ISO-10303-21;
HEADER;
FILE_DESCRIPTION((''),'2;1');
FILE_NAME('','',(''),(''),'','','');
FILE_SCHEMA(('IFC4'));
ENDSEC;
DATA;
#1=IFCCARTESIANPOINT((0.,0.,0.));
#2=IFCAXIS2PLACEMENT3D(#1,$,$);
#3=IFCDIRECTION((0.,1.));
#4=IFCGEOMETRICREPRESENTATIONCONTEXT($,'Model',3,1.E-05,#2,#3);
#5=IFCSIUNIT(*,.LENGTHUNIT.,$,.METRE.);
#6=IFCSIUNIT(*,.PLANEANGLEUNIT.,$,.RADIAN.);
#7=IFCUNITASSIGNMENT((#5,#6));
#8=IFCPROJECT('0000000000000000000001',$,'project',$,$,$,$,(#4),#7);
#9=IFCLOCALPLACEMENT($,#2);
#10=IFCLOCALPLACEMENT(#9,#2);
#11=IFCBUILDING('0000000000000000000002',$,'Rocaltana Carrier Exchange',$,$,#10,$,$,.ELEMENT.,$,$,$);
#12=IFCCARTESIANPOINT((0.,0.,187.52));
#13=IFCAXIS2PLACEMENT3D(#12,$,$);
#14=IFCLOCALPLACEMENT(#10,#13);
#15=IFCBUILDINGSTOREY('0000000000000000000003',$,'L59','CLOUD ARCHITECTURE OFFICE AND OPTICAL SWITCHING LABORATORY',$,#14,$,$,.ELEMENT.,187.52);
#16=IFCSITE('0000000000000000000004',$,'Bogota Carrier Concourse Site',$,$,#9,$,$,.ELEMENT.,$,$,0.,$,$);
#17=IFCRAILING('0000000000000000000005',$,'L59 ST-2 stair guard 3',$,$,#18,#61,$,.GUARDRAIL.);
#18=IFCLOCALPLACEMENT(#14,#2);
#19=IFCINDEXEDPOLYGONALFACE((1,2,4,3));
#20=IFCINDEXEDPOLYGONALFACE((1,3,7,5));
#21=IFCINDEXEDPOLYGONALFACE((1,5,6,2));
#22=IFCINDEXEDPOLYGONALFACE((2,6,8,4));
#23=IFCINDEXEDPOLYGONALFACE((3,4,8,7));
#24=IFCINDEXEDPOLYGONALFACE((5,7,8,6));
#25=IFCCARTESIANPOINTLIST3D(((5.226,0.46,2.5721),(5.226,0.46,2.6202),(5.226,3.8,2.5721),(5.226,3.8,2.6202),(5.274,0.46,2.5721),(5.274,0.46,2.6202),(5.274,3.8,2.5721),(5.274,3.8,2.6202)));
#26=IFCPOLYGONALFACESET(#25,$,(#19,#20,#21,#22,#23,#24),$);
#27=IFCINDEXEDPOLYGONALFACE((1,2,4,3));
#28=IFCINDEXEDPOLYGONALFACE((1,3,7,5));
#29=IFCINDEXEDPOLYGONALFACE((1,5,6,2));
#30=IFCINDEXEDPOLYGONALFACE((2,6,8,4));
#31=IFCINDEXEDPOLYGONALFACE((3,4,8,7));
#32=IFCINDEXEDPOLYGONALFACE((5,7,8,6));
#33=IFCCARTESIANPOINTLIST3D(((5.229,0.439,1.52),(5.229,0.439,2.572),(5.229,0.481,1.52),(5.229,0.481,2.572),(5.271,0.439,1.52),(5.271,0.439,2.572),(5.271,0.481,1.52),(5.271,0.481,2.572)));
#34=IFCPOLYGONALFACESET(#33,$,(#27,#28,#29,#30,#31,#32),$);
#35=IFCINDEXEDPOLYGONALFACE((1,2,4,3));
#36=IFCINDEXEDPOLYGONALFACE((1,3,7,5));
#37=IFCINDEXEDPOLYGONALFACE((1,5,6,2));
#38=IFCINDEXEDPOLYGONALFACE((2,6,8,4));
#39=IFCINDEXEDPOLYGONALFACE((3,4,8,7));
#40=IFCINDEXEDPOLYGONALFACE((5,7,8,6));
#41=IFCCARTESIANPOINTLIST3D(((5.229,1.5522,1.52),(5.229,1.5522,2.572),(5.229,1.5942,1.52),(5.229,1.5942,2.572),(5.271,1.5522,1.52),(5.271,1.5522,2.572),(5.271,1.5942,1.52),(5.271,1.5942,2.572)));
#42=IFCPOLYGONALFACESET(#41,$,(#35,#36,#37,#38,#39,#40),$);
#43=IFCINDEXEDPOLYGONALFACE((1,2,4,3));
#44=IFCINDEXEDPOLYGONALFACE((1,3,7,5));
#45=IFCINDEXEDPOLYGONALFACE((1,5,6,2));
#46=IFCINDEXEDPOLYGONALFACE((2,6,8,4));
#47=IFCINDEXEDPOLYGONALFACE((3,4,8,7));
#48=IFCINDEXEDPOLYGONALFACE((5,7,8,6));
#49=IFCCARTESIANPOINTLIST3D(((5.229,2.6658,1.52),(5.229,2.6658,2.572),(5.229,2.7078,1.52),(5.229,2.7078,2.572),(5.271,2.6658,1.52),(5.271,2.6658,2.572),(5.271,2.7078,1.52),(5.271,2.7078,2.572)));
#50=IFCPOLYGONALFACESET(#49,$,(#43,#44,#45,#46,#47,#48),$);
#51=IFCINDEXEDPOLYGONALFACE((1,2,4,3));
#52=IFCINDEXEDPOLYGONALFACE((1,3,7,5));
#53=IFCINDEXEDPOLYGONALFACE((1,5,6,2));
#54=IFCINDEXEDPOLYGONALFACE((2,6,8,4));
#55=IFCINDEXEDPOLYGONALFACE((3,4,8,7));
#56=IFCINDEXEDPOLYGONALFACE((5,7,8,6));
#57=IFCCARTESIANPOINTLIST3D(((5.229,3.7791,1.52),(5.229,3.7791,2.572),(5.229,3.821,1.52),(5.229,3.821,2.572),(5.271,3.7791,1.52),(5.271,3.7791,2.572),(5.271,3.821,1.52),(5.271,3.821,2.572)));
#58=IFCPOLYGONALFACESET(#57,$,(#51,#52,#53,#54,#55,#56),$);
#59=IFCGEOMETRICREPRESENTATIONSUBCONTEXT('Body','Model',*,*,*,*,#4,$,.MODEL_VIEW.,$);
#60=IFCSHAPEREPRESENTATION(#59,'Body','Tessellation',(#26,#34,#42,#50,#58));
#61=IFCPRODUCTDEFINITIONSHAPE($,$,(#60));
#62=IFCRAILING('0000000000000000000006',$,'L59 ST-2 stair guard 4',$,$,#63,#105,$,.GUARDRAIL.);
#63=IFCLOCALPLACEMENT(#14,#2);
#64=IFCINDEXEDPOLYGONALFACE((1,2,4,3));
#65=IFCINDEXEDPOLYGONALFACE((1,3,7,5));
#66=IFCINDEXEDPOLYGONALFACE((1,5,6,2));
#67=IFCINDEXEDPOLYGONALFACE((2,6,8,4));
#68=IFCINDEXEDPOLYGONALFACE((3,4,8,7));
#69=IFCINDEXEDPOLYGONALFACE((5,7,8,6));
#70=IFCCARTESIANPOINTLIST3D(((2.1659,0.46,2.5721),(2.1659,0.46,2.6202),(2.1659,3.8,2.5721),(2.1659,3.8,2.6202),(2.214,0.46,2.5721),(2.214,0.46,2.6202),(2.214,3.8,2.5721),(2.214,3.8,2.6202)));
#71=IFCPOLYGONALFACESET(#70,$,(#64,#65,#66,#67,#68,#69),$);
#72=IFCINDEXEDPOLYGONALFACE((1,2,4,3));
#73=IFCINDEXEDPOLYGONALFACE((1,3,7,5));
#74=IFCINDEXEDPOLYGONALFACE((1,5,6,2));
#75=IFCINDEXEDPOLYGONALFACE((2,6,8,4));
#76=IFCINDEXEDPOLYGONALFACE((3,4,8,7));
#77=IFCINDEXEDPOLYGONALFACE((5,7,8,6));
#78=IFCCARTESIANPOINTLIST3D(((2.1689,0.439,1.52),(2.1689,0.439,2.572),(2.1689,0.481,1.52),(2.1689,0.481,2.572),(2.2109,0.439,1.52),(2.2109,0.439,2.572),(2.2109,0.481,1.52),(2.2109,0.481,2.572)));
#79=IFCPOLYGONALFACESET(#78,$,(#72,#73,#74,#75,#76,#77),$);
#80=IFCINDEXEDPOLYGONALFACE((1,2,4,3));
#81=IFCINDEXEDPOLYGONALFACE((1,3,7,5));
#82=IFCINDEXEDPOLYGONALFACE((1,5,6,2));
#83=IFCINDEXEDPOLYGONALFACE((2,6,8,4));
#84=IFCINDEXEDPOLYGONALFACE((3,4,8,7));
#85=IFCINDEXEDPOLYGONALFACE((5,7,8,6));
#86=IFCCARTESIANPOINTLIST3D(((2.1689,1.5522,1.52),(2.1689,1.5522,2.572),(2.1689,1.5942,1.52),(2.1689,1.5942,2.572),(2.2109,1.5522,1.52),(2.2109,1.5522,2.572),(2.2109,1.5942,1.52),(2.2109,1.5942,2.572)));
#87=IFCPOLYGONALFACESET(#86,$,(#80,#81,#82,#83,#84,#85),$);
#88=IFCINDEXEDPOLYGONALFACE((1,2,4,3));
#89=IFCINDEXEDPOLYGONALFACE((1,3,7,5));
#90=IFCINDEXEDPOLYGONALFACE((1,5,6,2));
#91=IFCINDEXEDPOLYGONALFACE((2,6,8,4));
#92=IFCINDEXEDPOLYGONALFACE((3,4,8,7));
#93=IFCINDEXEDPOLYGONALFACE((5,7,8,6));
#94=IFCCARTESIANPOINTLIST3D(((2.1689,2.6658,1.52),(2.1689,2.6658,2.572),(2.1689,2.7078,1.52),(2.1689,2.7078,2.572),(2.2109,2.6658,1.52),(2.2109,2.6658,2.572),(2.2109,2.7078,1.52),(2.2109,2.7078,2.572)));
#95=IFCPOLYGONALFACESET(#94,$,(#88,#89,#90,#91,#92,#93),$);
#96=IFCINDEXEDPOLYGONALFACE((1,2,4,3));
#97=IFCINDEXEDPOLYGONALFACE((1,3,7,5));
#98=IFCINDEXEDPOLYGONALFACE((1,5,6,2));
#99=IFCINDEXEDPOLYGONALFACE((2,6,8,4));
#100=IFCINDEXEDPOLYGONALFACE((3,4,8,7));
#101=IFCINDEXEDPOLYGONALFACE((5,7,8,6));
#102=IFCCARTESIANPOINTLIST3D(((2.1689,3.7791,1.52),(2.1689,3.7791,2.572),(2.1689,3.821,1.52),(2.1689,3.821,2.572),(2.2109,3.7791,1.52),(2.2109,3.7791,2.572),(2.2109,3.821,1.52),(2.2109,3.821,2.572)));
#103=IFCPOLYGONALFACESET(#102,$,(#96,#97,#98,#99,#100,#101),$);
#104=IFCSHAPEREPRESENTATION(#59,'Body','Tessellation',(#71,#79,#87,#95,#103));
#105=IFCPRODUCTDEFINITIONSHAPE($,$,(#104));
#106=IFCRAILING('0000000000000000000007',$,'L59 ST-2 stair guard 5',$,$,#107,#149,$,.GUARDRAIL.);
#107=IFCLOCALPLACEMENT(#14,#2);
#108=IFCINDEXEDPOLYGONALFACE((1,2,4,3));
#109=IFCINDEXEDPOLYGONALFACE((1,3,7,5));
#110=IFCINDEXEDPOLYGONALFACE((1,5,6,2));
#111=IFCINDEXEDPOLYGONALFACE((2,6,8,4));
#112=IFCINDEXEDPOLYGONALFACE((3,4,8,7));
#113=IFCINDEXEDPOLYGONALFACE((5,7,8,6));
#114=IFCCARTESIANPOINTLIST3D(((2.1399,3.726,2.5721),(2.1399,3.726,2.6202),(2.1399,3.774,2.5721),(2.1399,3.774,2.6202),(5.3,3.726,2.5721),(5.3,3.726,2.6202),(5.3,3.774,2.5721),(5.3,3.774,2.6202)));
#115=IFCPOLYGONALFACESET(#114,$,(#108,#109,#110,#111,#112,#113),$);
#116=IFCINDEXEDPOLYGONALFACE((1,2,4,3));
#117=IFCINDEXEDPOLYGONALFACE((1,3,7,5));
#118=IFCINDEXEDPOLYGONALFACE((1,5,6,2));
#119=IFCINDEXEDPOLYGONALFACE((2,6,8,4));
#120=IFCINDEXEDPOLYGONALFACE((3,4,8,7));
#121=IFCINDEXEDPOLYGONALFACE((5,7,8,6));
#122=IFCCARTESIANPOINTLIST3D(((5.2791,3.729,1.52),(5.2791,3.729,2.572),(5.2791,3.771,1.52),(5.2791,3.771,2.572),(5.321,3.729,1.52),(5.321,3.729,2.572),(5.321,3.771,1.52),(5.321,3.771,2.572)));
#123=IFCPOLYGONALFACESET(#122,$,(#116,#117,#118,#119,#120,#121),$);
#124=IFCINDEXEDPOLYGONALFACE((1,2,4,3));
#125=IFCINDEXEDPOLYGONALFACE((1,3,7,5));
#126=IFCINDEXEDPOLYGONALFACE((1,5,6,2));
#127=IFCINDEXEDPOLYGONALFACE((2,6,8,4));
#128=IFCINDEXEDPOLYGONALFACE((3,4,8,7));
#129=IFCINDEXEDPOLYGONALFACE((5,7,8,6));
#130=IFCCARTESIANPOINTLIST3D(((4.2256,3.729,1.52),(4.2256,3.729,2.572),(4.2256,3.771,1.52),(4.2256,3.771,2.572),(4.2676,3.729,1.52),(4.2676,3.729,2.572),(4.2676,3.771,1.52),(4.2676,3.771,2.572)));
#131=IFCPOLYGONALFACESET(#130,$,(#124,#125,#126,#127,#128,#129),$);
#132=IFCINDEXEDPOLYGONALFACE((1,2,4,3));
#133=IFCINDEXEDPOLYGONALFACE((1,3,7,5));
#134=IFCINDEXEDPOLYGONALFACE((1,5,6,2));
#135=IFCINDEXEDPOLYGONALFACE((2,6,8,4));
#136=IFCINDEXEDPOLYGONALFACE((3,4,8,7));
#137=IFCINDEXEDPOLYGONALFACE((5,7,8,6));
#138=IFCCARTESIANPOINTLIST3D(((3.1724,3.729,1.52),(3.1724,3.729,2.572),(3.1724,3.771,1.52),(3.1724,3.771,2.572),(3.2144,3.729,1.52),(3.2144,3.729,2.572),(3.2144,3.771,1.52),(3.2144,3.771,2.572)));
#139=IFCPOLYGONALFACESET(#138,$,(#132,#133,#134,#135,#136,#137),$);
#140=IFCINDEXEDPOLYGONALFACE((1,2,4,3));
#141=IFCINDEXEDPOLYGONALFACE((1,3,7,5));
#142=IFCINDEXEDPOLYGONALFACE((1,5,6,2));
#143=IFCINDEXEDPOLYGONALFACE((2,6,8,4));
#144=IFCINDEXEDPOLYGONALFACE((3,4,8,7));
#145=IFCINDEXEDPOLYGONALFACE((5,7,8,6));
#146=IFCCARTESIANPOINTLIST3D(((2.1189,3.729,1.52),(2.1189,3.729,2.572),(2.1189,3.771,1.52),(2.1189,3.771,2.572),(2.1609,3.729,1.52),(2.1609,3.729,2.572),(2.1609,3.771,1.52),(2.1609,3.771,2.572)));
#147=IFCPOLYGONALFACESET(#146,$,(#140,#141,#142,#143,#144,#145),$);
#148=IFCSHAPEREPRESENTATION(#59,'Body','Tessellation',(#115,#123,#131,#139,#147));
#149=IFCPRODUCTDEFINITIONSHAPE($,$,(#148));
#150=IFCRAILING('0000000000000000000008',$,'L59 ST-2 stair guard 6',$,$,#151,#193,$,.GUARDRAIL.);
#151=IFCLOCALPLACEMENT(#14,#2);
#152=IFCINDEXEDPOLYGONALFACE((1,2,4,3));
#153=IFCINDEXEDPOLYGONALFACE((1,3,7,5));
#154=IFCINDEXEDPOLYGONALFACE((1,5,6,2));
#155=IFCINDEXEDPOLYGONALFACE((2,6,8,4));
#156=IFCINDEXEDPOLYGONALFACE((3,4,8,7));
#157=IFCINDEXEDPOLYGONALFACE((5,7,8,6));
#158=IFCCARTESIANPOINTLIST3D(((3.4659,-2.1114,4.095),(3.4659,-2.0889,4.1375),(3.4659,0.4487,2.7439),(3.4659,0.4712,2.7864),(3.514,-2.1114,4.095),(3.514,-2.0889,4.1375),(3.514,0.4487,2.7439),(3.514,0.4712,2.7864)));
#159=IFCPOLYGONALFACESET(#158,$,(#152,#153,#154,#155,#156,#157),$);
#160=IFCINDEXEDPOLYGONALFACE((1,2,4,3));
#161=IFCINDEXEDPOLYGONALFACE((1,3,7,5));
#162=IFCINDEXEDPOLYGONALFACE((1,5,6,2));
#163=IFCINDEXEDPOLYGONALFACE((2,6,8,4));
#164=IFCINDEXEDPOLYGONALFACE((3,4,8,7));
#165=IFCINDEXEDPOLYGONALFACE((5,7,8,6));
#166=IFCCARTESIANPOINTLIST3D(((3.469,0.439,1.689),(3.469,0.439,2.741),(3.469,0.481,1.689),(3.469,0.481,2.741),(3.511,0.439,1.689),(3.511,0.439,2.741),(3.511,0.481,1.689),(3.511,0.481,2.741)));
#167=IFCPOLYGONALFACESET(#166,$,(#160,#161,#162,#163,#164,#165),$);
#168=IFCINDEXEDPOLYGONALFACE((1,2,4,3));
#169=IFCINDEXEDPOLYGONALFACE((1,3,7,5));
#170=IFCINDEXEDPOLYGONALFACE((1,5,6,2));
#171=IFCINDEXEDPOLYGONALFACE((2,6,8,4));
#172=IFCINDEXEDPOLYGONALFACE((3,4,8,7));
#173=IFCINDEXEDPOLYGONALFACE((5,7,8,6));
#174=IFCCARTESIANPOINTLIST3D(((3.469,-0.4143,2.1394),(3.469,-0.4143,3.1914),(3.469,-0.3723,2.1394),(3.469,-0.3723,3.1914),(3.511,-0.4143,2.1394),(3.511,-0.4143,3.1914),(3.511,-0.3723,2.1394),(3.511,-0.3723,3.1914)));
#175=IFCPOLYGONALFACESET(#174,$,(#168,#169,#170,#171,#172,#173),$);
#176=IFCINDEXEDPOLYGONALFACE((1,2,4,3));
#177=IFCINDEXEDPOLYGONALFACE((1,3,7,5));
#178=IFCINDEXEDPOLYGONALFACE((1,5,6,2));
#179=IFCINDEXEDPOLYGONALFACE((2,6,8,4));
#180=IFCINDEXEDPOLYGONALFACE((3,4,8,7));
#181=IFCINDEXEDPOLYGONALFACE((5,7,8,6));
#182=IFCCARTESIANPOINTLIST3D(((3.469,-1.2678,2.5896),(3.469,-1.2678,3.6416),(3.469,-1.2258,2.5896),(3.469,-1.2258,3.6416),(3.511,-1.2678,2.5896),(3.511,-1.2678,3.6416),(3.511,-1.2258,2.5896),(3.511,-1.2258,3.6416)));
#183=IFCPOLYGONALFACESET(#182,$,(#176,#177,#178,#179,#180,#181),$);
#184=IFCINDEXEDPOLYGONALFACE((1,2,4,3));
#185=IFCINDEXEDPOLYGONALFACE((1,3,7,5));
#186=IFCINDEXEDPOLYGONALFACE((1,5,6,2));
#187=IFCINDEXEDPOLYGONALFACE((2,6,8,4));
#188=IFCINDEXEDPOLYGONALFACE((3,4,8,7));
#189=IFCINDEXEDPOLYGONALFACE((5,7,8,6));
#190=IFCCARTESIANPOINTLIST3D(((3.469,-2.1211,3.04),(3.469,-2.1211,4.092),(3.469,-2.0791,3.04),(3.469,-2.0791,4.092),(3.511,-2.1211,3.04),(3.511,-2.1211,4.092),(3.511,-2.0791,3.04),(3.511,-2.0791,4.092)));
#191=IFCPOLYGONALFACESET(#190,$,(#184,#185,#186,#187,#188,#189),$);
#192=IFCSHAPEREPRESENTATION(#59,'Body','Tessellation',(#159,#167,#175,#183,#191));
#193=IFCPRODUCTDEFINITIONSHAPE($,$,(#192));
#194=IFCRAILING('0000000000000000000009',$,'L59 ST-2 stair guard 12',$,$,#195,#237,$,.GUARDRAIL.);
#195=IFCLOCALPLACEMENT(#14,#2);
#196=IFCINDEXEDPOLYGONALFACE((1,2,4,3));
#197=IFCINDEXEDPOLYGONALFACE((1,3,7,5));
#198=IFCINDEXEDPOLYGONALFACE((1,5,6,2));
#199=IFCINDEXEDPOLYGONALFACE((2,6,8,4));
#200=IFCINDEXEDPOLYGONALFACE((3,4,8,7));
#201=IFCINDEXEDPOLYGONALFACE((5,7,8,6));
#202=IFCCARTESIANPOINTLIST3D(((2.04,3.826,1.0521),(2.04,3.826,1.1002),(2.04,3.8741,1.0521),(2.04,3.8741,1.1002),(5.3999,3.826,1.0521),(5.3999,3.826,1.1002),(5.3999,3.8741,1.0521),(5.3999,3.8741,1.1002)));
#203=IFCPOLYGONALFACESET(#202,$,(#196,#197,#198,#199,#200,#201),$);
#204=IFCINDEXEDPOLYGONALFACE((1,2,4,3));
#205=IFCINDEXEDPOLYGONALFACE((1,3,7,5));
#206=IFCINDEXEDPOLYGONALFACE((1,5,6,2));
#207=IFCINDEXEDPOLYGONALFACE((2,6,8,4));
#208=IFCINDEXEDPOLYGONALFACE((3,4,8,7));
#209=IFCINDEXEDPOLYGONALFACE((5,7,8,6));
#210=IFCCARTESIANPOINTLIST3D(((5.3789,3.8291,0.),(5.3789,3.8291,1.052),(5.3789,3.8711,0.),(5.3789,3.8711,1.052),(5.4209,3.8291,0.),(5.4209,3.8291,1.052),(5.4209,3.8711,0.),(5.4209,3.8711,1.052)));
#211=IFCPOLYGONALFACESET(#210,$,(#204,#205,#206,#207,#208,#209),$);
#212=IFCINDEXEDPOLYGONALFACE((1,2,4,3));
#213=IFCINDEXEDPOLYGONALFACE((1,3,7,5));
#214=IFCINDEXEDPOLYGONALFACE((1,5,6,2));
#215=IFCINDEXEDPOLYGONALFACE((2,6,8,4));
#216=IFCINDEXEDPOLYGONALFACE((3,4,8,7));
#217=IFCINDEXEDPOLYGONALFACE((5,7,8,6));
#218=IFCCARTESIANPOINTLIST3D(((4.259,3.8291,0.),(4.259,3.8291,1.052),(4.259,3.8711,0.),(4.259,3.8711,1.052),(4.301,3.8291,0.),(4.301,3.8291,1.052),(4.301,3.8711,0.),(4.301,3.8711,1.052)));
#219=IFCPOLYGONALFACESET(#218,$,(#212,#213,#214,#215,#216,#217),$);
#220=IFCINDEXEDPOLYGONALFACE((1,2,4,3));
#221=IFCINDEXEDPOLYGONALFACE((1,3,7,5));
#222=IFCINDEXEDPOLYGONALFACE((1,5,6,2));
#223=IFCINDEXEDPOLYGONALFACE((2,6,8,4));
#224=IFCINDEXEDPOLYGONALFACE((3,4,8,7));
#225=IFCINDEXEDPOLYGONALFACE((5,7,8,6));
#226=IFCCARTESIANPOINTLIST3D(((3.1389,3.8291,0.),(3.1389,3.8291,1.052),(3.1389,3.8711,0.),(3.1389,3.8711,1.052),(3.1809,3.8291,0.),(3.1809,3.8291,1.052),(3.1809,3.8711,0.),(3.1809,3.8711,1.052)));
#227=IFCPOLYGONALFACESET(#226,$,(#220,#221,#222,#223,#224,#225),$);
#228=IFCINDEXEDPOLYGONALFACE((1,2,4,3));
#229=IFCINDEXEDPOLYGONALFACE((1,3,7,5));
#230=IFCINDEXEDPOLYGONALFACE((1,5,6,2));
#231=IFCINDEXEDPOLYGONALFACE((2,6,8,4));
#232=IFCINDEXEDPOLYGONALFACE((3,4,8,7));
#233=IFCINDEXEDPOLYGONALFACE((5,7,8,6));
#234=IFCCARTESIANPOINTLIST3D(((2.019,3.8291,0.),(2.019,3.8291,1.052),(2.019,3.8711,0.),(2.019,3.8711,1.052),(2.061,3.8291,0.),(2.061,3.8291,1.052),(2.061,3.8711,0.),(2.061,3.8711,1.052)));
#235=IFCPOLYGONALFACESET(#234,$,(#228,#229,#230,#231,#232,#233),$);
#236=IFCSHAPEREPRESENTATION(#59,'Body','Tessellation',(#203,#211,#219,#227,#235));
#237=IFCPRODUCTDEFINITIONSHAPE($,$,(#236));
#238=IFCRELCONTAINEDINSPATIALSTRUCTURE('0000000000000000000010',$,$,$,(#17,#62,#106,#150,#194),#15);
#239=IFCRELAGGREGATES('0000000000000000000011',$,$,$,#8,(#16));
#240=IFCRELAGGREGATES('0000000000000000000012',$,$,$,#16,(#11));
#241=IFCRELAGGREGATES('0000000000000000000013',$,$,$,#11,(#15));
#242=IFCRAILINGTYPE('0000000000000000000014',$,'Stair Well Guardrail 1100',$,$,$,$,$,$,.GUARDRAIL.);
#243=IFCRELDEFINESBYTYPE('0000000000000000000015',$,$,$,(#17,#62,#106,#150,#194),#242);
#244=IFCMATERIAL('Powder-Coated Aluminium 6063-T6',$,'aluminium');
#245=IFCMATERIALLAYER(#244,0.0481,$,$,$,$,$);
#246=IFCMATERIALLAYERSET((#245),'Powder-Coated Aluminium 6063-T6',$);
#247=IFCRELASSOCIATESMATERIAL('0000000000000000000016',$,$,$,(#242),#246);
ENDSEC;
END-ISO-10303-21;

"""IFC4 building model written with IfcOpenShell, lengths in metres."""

from ifc_helpers import new_model, si_unit, direction, frame, origin, origin_2d, place, context, subcontext, project, spatial, rectangle, extrude, material, layer, layer_set, type_object, element, save


model = new_model("IFC4")

# Units and contexts
model_context = context("Model", 3, precision=1e-05, world=origin(), true_north=direction((0.0, 1.0)))
body_context = subcontext(model_context, "Body", "Model", "MODEL_VIEW")
ifc_project = project(units=[si_unit("LENGTHUNIT", "METRE"), si_unit("PLANEANGLEUNIT", "RADIAN")], contexts=[model_context])

# Site, building, storey
site_placement = place(None, origin())
site = spatial("IfcSite", under=ifc_project, at=site_placement, Name="Bogota Carrier Concourse Site", CompositionType="ELEMENT", RefElevation=0.0)
building_placement = place(site_placement, origin())
building = spatial("IfcBuilding", under=site, at=building_placement, Name="Rocaltana Carrier Exchange", CompositionType="ELEMENT")
storey_placement = place(building_placement, frame((0.0, 0.0, 187.52)))
storey = spatial("IfcBuildingStorey", under=building, at=storey_placement, Name="L59", Description="CLOUD ARCHITECTURE OFFICE AND OPTICAL SWITCHING LABORATORY", CompositionType="ELEMENT", Elevation=187.52)

# Railings
ifc_material_1 = material(Name="Powder-Coated Aluminium 6063-T6", Category="aluminium")
ifc_layer_1 = layer(ifc_material_1, 0.0481)
ifc_layer_set_1 = layer_set([ifc_layer_1], Name="Powder-Coated Aluminium 6063-T6")
railing_type_1 = type_object("IfcRailingType", Name="Stair Well Guardrail 1100", PredefinedType="GUARDRAIL", material=ifc_layer_set_1)
for number, where, name in (
    (1, (5.25, 0.46, 1.52), "L59 ST-2 stair guard 3"),
    (2, (2.1899, 0.46, 1.52), "L59 ST-2 stair guard 4"),
):
    element("IfcRailing", number, at=place(storey_placement, frame(where)), inside=storey, type_object=railing_type_1, Name=name, PredefinedType="GUARDRAIL", context=body_context, shape_type="SweptSolid", body=[
        extrude(rectangle(XDim=0.0481, YDim=0.0481, at=origin_2d()), frame((0.0, 0.0, 1.0762), z_axis=(0.0, 1.0, 0.0), x_axis=(-1.0, 0.0, 0.0)), (0.0, 0.0, 1.0), 3.3401),
        extrude(rectangle(XDim=0.042, YDim=0.042, at=origin_2d()), origin(), (0.0, 0.0, 1.0), 1.052),
        extrude(rectangle(XDim=0.042, YDim=0.042, at=origin_2d()), frame((0.0, 1.1133, 0.0)), (0.0, 0.0, 1.0), 1.052),
        extrude(rectangle(XDim=0.042, YDim=0.042, at=origin_2d()), frame((0.0, 2.2268, 0.0)), (0.0, 0.0, 1.0), 1.052),
        extrude(rectangle(XDim=0.042, YDim=0.042, at=origin_2d()), frame((0.0, 3.3401, 0.0)), (0.0, 0.0, 1.0), 1.052),
    ])
railing_1_placement = place(storey_placement, frame((5.3, 3.75, 1.52)))
element("IfcRailing", 3, at=railing_1_placement, inside=storey, type_object=railing_type_1, Name="L59 ST-2 stair guard 5", PredefinedType="GUARDRAIL", context=body_context, shape_type="SweptSolid", body=[
    extrude(rectangle(XDim=0.0481, YDim=0.0481, at=origin_2d()), frame((0.0, 0.0, 1.0762), z_axis=(-1.0, 0.0, 0.0), x_axis=(0.0, -1.0, 0.0)), (0.0, 0.0, 1.0), 3.1602),
    extrude(rectangle(XDim=0.042, YDim=0.042, at=origin_2d()), origin(), (0.0, 0.0, 1.0), 1.052),
    extrude(rectangle(XDim=0.042, YDim=0.042, at=origin_2d()), frame((-1.0535, 0.0, 0.0)), (0.0, 0.0, 1.0), 1.052),
    extrude(rectangle(XDim=0.042, YDim=0.042, at=origin_2d()), frame((-2.1067, 0.0, 0.0)), (0.0, 0.0, 1.0), 1.052),
    extrude(rectangle(XDim=0.042, YDim=0.042, at=origin_2d()), frame((-3.1602, 0.0, 0.0)), (0.0, 0.0, 1.0), 1.052),
])
railing_2_placement = place(storey_placement, frame((3.49, 0.46, 1.689)))
element("IfcRailing", 4, at=railing_2_placement, inside=storey, type_object=railing_type_1, Name="L59 ST-2 stair guard 6", PredefinedType="GUARDRAIL", context=body_context, shape_type="SweptSolid", body=[
    extrude(rectangle(XDim=0.0481, YDim=0.0481, at=origin_2d()), frame((0.0, 0.0, 1.0762), z_axis=(0.0, -0.884394, 0.46674), x_axis=(1.0, 0.0, 0.0)), (0.0, 0.0, 1.0), 2.8948),
    extrude(rectangle(XDim=0.042, YDim=0.042, at=origin_2d()), origin(), (0.0, 0.0, 1.0), 1.052),
    extrude(rectangle(XDim=0.042, YDim=0.042, at=origin_2d()), frame((0.0, -0.8533, 0.4504)), (0.0, 0.0, 1.0), 1.052),
    extrude(rectangle(XDim=0.042, YDim=0.042, at=origin_2d()), frame((0.0, -1.7068, 0.9006)), (0.0, 0.0, 1.0), 1.052),
    extrude(rectangle(XDim=0.042, YDim=0.042, at=origin_2d()), frame((0.0, -2.5601, 1.3511)), (0.0, 0.0, 1.0), 1.052),
])
railing_3_placement = place(storey_placement, frame((5.3999, 3.8501, 0.0)))
element("IfcRailing", 5, at=railing_3_placement, inside=storey, type_object=railing_type_1, Name="L59 ST-2 stair guard 12", PredefinedType="GUARDRAIL", context=body_context, shape_type="SweptSolid", body=[
    extrude(rectangle(XDim=0.0481, YDim=0.0481, at=origin_2d()), frame((0.0, 0.0, 1.0762), z_axis=(-1.0, 0.0, 0.0), x_axis=(0.0, -1.0, 0.0)), (0.0, 0.0, 1.0), 3.3599),
    extrude(rectangle(XDim=0.042, YDim=0.042, at=origin_2d()), origin(), (0.0, 0.0, 1.0), 1.052),
    extrude(rectangle(XDim=0.042, YDim=0.042, at=origin_2d()), frame((-1.1199, 0.0, 0.0)), (0.0, 0.0, 1.0), 1.052),
    extrude(rectangle(XDim=0.042, YDim=0.042, at=origin_2d()), frame((-2.24, 0.0, 0.0)), (0.0, 0.0, 1.0), 1.052),
    extrude(rectangle(XDim=0.042, YDim=0.042, at=origin_2d()), frame((-3.3599, 0.0, 0.0)), (0.0, 0.0, 1.0), 1.052),
])

save(model, "model.ifc")
